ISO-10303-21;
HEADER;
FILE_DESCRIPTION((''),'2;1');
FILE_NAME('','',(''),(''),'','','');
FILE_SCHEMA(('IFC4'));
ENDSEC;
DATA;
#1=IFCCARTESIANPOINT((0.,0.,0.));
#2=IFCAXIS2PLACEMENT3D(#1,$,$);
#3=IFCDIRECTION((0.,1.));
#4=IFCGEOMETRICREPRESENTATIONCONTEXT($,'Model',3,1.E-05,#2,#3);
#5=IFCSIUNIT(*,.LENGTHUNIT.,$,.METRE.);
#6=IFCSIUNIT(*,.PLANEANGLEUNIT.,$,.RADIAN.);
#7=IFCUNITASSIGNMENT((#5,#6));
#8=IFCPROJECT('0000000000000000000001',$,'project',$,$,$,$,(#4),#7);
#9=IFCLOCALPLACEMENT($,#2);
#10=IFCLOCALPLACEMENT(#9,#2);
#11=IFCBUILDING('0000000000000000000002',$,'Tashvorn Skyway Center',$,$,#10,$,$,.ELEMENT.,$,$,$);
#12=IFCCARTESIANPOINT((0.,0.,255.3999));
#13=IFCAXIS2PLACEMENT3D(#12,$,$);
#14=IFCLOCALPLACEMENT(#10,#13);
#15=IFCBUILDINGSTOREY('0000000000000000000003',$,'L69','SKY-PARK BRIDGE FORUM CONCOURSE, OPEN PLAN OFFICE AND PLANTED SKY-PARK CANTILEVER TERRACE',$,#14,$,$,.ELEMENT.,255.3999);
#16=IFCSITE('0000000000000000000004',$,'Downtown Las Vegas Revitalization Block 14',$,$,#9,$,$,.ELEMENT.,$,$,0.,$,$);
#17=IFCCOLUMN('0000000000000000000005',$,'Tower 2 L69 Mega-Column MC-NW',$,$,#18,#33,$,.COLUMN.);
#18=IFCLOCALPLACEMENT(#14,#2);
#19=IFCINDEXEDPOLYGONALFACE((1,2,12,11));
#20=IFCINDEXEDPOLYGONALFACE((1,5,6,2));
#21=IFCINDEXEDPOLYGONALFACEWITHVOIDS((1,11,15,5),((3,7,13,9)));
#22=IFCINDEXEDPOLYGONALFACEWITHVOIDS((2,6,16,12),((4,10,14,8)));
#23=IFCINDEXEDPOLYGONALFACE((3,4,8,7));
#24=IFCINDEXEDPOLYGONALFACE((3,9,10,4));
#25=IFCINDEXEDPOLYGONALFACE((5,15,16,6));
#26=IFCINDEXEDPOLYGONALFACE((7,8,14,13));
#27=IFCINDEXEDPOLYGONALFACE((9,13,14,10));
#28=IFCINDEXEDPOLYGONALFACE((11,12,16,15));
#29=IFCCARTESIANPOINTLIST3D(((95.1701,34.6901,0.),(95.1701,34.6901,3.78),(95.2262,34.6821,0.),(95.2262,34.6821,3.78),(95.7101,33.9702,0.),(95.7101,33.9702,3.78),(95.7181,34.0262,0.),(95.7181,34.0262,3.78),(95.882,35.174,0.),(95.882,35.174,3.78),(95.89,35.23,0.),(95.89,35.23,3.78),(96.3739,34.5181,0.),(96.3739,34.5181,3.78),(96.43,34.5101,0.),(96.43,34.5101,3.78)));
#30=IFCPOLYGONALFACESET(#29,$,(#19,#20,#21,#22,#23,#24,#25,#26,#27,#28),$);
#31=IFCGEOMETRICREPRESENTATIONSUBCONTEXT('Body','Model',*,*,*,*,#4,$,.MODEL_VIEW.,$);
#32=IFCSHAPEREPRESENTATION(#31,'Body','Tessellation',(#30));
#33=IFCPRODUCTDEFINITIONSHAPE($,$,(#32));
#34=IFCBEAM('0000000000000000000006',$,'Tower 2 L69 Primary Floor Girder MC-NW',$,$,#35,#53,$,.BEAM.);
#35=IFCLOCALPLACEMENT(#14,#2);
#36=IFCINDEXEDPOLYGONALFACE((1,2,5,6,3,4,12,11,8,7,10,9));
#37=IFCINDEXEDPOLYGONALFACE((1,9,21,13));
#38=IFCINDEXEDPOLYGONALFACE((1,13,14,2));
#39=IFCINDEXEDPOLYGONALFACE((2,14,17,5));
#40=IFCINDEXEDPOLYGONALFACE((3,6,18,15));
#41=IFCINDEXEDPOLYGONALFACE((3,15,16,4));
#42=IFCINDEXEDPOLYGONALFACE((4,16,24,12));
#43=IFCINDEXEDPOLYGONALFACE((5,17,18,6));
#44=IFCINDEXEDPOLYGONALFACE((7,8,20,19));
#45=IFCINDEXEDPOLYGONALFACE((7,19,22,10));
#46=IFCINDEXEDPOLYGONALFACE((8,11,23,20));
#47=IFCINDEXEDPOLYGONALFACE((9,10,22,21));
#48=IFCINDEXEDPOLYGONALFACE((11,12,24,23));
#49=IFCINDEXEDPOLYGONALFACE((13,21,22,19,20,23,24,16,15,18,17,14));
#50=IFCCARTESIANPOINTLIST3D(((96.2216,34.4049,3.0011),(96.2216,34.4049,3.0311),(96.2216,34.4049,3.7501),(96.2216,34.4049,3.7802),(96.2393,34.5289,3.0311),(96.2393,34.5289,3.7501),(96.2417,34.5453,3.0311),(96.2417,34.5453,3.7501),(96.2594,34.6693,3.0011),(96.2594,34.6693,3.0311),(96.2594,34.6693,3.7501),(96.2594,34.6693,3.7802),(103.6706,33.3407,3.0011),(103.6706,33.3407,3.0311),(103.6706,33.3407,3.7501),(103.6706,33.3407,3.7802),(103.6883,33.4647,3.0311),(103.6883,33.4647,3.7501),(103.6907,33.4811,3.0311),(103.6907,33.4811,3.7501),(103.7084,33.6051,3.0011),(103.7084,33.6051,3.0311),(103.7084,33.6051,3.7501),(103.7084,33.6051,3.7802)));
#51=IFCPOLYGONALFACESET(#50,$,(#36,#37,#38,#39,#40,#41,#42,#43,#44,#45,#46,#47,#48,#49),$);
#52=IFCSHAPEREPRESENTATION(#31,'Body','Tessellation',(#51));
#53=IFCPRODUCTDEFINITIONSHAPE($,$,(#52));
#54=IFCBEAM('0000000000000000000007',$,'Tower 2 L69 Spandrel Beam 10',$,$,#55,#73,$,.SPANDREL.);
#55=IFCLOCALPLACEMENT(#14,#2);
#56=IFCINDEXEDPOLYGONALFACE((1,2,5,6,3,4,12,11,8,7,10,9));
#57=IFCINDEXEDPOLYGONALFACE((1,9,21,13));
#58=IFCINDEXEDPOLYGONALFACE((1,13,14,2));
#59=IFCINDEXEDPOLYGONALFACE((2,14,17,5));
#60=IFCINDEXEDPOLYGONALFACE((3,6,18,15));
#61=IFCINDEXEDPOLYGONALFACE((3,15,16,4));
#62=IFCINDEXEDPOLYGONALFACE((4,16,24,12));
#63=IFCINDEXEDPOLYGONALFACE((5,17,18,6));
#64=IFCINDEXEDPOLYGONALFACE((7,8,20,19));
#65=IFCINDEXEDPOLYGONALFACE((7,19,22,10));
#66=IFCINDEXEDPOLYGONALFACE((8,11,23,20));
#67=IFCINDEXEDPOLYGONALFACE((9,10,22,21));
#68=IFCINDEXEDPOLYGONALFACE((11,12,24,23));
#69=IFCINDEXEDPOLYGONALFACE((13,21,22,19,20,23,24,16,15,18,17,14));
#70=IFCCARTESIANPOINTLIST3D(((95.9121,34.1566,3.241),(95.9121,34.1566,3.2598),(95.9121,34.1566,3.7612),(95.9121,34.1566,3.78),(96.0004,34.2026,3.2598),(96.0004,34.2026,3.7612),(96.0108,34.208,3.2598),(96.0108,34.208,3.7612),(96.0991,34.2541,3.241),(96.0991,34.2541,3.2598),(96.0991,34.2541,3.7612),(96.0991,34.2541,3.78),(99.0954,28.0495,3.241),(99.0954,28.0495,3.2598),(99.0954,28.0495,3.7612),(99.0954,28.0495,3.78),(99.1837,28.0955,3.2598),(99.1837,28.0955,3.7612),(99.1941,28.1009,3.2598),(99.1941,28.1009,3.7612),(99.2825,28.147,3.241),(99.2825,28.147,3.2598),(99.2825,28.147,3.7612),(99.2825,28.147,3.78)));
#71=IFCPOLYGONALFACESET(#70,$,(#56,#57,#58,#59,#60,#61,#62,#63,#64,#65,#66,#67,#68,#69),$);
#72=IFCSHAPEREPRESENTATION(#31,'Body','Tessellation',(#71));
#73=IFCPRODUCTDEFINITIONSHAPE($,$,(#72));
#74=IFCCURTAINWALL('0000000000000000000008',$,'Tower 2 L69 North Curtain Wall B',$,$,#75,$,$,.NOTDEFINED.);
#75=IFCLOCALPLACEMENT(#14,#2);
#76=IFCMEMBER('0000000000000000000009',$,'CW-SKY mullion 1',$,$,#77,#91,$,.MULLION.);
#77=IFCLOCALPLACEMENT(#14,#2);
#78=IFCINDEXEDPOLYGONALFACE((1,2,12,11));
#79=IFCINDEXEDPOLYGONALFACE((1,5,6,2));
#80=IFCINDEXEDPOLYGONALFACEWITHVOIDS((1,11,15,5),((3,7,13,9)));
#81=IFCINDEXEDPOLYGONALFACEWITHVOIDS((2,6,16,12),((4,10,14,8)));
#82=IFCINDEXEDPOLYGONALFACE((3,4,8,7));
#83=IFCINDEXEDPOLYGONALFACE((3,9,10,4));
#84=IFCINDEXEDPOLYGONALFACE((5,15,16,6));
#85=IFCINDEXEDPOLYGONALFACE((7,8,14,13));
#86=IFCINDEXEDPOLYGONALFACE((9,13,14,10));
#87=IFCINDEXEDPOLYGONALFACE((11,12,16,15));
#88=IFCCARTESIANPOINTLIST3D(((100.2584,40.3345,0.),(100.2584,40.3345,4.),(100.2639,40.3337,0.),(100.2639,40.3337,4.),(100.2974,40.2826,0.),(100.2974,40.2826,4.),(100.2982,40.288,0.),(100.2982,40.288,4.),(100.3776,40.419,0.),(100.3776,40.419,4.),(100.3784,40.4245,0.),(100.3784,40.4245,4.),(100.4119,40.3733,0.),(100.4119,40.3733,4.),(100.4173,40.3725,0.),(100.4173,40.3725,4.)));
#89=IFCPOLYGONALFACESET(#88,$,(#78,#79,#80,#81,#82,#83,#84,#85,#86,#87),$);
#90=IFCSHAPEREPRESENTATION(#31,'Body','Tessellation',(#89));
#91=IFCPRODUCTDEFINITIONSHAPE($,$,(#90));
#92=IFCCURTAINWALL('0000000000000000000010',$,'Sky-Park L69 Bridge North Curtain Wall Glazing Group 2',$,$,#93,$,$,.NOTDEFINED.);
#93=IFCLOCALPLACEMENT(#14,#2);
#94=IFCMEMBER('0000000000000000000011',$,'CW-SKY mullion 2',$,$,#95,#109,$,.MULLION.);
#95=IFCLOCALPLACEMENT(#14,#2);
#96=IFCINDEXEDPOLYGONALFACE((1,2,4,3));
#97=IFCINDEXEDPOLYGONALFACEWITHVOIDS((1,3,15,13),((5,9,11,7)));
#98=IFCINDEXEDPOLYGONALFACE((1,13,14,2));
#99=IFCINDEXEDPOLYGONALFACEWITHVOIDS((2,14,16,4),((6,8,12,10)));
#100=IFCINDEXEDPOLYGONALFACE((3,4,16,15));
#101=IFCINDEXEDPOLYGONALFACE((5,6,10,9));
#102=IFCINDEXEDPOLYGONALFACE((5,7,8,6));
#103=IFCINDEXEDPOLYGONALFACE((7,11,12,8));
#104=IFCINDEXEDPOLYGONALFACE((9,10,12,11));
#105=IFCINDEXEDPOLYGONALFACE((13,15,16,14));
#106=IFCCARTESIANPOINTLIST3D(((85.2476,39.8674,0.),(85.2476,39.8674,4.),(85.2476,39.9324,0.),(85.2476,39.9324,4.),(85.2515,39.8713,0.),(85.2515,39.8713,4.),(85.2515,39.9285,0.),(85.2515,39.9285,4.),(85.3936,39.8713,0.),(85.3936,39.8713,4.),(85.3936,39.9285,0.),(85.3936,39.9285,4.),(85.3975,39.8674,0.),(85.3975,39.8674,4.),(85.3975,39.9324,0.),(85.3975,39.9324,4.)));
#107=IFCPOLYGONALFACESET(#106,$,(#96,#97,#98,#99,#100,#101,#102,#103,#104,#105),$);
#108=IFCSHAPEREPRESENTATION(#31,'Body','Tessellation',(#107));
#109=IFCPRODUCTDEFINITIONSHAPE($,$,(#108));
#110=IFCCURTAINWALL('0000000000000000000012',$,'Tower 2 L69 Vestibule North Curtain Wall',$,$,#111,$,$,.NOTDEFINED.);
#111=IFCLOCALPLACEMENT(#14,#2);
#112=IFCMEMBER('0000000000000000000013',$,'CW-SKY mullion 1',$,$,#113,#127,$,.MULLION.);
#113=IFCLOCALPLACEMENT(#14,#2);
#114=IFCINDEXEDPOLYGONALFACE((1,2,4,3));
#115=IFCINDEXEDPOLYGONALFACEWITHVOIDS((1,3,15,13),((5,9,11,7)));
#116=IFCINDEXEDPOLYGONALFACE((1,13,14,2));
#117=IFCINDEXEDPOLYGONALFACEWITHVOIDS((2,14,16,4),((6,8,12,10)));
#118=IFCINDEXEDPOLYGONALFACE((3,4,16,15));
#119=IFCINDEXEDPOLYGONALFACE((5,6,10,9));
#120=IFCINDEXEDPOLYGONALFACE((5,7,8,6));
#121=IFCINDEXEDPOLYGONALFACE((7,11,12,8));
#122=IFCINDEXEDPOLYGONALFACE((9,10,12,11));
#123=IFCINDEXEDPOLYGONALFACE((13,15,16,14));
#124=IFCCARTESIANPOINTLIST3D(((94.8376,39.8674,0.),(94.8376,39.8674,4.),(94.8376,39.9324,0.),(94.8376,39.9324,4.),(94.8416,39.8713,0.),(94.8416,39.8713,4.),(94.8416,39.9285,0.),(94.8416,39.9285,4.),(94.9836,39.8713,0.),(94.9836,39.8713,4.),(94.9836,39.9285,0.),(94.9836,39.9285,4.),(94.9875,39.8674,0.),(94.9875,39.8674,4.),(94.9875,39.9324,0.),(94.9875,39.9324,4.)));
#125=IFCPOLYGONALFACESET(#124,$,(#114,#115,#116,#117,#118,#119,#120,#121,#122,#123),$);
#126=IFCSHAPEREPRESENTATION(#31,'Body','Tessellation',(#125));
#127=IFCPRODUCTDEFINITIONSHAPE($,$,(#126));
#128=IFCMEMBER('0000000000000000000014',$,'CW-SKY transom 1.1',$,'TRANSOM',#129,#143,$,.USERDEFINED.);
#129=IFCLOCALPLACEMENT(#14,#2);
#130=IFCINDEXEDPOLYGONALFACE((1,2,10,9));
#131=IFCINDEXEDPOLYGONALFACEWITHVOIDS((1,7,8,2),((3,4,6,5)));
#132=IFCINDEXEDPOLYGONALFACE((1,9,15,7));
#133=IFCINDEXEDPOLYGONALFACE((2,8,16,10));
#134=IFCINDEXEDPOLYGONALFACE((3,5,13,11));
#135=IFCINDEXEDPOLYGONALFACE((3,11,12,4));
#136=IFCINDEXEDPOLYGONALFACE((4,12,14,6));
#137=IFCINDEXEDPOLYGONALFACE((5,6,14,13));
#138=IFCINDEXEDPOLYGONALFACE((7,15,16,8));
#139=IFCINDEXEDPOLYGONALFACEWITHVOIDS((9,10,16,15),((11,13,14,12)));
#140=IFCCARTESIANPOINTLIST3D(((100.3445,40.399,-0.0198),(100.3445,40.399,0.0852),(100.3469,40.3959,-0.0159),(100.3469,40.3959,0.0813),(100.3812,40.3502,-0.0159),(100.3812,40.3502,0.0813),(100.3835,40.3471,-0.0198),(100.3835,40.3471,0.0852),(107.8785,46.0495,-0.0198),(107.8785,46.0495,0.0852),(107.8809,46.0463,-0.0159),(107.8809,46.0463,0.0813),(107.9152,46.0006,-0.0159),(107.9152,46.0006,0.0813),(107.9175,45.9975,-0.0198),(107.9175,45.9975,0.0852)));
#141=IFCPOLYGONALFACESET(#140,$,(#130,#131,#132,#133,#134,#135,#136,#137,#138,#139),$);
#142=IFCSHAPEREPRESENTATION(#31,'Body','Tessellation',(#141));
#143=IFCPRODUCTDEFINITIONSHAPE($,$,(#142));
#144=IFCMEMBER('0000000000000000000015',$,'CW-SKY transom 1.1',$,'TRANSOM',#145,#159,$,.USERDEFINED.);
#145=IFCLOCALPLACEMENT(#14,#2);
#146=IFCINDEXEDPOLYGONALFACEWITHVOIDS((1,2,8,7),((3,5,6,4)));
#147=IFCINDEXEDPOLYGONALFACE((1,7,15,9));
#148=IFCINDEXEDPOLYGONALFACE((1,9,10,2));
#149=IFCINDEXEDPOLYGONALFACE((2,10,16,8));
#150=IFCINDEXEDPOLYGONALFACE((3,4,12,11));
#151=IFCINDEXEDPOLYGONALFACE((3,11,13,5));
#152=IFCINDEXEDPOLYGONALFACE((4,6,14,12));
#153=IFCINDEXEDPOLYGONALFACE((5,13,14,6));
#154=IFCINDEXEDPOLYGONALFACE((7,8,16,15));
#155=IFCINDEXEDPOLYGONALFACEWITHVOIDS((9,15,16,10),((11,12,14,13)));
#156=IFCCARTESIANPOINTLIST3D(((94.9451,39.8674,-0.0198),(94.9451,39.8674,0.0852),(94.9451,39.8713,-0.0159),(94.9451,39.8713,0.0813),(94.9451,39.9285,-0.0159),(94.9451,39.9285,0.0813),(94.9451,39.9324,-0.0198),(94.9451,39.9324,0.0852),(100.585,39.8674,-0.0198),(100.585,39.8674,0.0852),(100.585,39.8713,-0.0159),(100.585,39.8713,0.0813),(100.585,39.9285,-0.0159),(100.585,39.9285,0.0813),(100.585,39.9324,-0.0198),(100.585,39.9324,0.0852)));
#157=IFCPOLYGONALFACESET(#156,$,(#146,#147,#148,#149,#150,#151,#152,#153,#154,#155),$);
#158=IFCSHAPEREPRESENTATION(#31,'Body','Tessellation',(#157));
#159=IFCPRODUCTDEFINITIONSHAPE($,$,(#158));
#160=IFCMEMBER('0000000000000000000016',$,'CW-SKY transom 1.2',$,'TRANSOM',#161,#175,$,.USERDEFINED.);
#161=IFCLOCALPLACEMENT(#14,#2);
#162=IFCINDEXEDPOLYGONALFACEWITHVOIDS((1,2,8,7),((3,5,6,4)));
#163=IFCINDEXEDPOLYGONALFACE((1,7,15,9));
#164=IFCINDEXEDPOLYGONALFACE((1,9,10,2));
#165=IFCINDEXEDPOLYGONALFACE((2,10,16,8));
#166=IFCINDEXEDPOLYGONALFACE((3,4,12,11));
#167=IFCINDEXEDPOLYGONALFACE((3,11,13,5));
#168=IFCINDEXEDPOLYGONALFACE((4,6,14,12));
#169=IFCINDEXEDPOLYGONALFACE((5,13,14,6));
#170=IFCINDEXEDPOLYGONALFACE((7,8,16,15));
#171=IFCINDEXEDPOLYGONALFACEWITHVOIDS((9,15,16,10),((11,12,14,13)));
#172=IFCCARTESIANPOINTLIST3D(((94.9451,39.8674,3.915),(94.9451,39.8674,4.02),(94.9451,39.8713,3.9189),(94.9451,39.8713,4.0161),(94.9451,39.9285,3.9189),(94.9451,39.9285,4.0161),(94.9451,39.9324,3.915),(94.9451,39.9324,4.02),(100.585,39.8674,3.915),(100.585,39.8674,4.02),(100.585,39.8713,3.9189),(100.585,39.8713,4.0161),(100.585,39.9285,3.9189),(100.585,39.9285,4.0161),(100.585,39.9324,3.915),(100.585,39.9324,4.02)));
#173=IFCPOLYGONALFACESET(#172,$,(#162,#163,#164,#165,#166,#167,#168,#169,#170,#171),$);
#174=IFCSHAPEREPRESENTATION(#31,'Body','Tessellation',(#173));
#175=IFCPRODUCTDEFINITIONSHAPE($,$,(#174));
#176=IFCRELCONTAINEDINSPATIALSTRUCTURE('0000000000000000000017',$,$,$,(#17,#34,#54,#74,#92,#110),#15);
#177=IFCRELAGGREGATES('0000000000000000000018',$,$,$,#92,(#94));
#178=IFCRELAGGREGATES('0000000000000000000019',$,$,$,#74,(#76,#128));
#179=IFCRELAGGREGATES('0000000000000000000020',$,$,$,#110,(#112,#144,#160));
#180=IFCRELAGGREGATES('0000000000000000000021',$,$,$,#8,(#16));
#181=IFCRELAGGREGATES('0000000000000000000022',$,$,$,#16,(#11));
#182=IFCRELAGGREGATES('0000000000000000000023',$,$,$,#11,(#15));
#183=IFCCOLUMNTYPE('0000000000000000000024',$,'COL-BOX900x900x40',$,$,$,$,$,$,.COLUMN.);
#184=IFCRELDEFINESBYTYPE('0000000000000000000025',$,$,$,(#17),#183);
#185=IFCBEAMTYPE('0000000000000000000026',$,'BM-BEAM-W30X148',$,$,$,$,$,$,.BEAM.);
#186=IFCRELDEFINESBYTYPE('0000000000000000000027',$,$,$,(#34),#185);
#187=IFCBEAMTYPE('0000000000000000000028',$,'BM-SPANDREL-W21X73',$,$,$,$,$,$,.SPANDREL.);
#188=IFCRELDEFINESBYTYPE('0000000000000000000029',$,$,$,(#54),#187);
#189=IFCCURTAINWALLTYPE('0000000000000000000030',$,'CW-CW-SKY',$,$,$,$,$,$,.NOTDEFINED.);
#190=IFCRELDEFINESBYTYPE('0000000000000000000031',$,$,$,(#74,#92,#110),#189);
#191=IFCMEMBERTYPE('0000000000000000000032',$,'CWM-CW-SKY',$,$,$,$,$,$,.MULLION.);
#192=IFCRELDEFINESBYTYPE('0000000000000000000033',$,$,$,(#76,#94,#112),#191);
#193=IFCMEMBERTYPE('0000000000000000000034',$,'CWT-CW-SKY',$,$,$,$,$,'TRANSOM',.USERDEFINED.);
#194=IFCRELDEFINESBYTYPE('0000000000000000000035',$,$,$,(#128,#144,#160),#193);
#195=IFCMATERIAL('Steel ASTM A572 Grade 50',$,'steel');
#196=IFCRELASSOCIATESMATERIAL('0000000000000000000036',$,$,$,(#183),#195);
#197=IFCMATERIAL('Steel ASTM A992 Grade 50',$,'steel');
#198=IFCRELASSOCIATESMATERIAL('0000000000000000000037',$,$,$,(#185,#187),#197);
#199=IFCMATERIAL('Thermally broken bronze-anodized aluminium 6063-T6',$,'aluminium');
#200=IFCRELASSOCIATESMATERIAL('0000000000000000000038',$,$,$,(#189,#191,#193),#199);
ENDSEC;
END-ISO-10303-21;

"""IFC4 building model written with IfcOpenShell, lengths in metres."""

from ifc_helpers import new_model, si_unit, direction, frame, origin, origin_2d, place, context, subcontext, project, spatial, hollow_rectangle, i_section, extrude, material, material_profile, profile_set, type_object, element, aggregate, save


model = new_model("IFC4")

# Units and contexts
model_context = context("Model", 3, precision=1e-05, world=origin(), true_north=direction((0.0, 1.0)))
body_context = subcontext(model_context, "Body", "Model", "MODEL_VIEW")
ifc_project = project(units=[si_unit("LENGTHUNIT", "METRE"), si_unit("PLANEANGLEUNIT", "RADIAN")], contexts=[model_context])

# Site, building, storey
site_placement = place(None, origin())
site = spatial("IfcSite", under=ifc_project, at=site_placement, Name="Downtown Las Vegas Revitalization Block 14", CompositionType="ELEMENT", RefElevation=0.0)
building_placement = place(site_placement, origin())
building = spatial("IfcBuilding", under=site, at=building_placement, Name="Tashvorn Skyway Center", CompositionType="ELEMENT")
storey_placement = place(building_placement, frame((0.0, 0.0, 255.3999)))
storey = spatial("IfcBuildingStorey", under=building, at=storey_placement, Name="L69", Description="SKY-PARK BRIDGE FORUM CONCOURSE, OPEN PLAN OFFICE AND PLANTED SKY-PARK CANTILEVER TERRACE", CompositionType="ELEMENT", Elevation=255.3999)

# Column
ifc_material_1 = material(Name="Steel ASTM A572 Grade 50", Category="steel")
ifc_material_profile_1 = material_profile(ifc_material_1, hollow_rectangle(XDim=0.8999, YDim=0.8999, WallThickness=0.04, at=origin_2d()), Name="BOX900x900x40")
ifc_profile_set_1 = profile_set([ifc_material_profile_1], Name="Steel ASTM A572 Grade 50")
column_type = type_object("IfcColumnType", Name="COL-BOX900x900x40", PredefinedType="COLUMN", material=ifc_profile_set_1)
column_placement = place(storey_placement, frame((95.8, 34.6001, 0.0), z_axis=(0.0, 0.0, 1.0), x_axis=(0.8, 0.6, 0.0)))
element("IfcColumn", 1, at=column_placement, inside=storey, type_object=column_type, Name="Tower 2 L69 Mega-Column MC-NW", PredefinedType="COLUMN", context=body_context, shape_type="SweptSolid", body=[
    extrude(hollow_rectangle(XDim=0.8999, YDim=0.8999, WallThickness=0.04, at=origin_2d()), origin(), (0.0, 0.0, 1.0), 3.78),
])

# Beams
ifc_material_2 = material(Name="Steel ASTM A992 Grade 50", Category="steel")
ifc_material_profile_2 = material_profile(ifc_material_2, i_section(OverallWidth=0.2671, OverallDepth=0.7791, WebThickness=0.0166, FlangeThickness=0.03, at=origin_2d()), Name="W30X148")
ifc_profile_set_2 = profile_set([ifc_material_profile_2], Name="Steel ASTM A992 Grade 50")
beam_type_1 = type_object("IfcBeamType", Name="BM-BEAM-W30X148", PredefinedType="BEAM", material=ifc_profile_set_2)
beam_1_placement = place(storey_placement, frame((96.2405, 34.5371, 3.3906), z_axis=(0.989948, -0.14143, 0.0), x_axis=(0.14143, 0.989948, 0.0)))
element("IfcBeam", 2, at=beam_1_placement, inside=storey, type_object=beam_type_1, Name="Tower 2 L69 Primary Floor Girder MC-NW", PredefinedType="BEAM", context=body_context, shape_type="SweptSolid", body=[
    extrude(i_section(OverallWidth=0.2671, OverallDepth=0.7791, WebThickness=0.0166, FlangeThickness=0.03, at=origin_2d()), origin(), (0.0, 0.0, 1.0), 7.5247),
])
ifc_material_profile_3 = material_profile(ifc_material_2, i_section(OverallWidth=0.2109, OverallDepth=0.5391, WebThickness=0.0117, FlangeThickness=0.0188, at=origin_2d()), Name="W21X73")
ifc_profile_set_3 = profile_set([ifc_material_profile_3], Name="Steel ASTM A992 Grade 50")
beam_type_2 = type_object("IfcBeamType", Name="BM-SPANDREL-W21X73", PredefinedType="SPANDREL", material=ifc_profile_set_3)
beam_2_placement = place(storey_placement, frame((96.0056, 34.2053, 3.5105), z_axis=(0.462223, -0.886764, 0.0), x_axis=(0.886764, 0.462223, 0.0)))
element("IfcBeam", 3, at=beam_2_placement, inside=storey, type_object=beam_type_2, Name="Tower 2 L69 Spandrel Beam 10", PredefinedType="SPANDREL", context=body_context, shape_type="SweptSolid", body=[
    extrude(i_section(OverallWidth=0.2109, OverallDepth=0.5391, WebThickness=0.0117, FlangeThickness=0.0188, at=origin_2d()), origin(), (0.0, 0.0, 1.0), 6.887),
])

# Curtain walls, members
ifc_material_3 = material(Name="Thermally broken bronze-anodized aluminium 6063-T6", Category="aluminium")
curtain_wall_type = type_object("IfcCurtainWallType", Name="CW-CW-SKY", PredefinedType="NOTDEFINED", material=ifc_material_3)
curtain_wall_1_placement = place(storey_placement, origin())
curtain_wall_1 = element("IfcCurtainWall", 4, at=curtain_wall_1_placement, inside=storey, type_object=curtain_wall_type, Name="Tower 2 L69 North Curtain Wall B", PredefinedType="NOTDEFINED")
ifc_material_profile_4 = material_profile(ifc_material_3, hollow_rectangle(XDim=0.0649, YDim=0.1499, WallThickness=0.0039, at=origin_2d()), Name="ALU-MULL-65x150")
ifc_profile_set_4 = profile_set([ifc_material_profile_4], Name="Thermally broken bronze-anodized aluminium 6063-T6")
member_type_1 = type_object("IfcMemberType", Name="CWM-CW-SKY", PredefinedType="MULLION", material=ifc_profile_set_4)
member_1_placement = place(storey_placement, frame((100.3379, 40.3535, 0.0), z_axis=(0.0, 0.0, 1.0), x_axis=(-0.6, 0.8, 0.0)))
member_1 = element("IfcMember", 5, at=member_1_placement, type_object=member_type_1, Name="CW-SKY mullion 1", PredefinedType="MULLION", context=body_context, shape_type="SweptSolid", body=[
    extrude(hollow_rectangle(XDim=0.0649, YDim=0.1499, WallThickness=0.0039, at=origin_2d()), origin(), (0.0, 0.0, 1.0), 4.0),
])
curtain_wall_2_placement = place(storey_placement, origin())
curtain_wall_2 = element("IfcCurtainWall", 6, at=curtain_wall_2_placement, inside=storey, type_object=curtain_wall_type, Name="Sky-Park L69 Bridge North Curtain Wall Glazing Group 2", PredefinedType="NOTDEFINED")
member_2_placement = place(storey_placement, frame((85.3225, 39.8999, 0.0), z_axis=(0.0, 0.0, 1.0), x_axis=(0.0, 1.0, 0.0)))
member_2 = element("IfcMember", 7, at=member_2_placement, type_object=member_type_1, Name="CW-SKY mullion 2", PredefinedType="MULLION", context=body_context, shape_type="SweptSolid", body=[
    extrude(hollow_rectangle(XDim=0.0649, YDim=0.1499, WallThickness=0.0039, at=origin_2d()), origin(), (0.0, 0.0, 1.0), 4.0),
])
aggregate(curtain_wall_2, [member_2])
curtain_wall_3_placement = place(storey_placement, origin())
curtain_wall_3 = element("IfcCurtainWall", 8, at=curtain_wall_3_placement, inside=storey, type_object=curtain_wall_type, Name="Tower 2 L69 Vestibule North Curtain Wall", PredefinedType="NOTDEFINED")
member_3_placement = place(storey_placement, frame((94.9126, 39.8999, 0.0), z_axis=(0.0, 0.0, 1.0), x_axis=(0.0, 1.0, 0.0)))
member_3 = element("IfcMember", 9, at=member_3_placement, type_object=member_type_1, Name="CW-SKY mullion 1", PredefinedType="MULLION", context=body_context, shape_type="SweptSolid", body=[
    extrude(hollow_rectangle(XDim=0.0649, YDim=0.1499, WallThickness=0.0039, at=origin_2d()), origin(), (0.0, 0.0, 1.0), 4.0),
])

# Members
ifc_material_profile_5 = material_profile(ifc_material_3, hollow_rectangle(XDim=0.0649, YDim=0.105, WallThickness=0.0039, at=origin_2d()), Name="ALU-TRAN-65x105")
ifc_profile_set_5 = profile_set([ifc_material_profile_5], Name="Thermally broken bronze-anodized aluminium 6063-T6")
member_type_2 = type_object("IfcMemberType", Name="CWT-CW-SKY", ElementType="TRANSOM", PredefinedType="USERDEFINED", material=ifc_profile_set_5)
member_4_placement = place(storey_placement, frame((100.364, 40.373, 0.0327), z_axis=(0.800003, 0.599996, 0.0), x_axis=(-0.599996, 0.800003, 0.0)))
member_4 = element("IfcMember", 10, at=member_4_placement, type_object=member_type_2, Name="CW-SKY transom 1.1", ObjectType="TRANSOM", PredefinedType="USERDEFINED", context=body_context, shape_type="SweptSolid", body=[
    extrude(hollow_rectangle(XDim=0.0649, YDim=0.105, WallThickness=0.0039, at=origin_2d()), origin(), (0.0, 0.0, 1.0), 9.4175),
])
aggregate(curtain_wall_1, [member_1, member_4])
member_5_placement = place(storey_placement, frame((94.9451, 39.8999, 0.0327), z_axis=(1.0, 0.0, 0.0), x_axis=(0.0, 1.0, 0.0)))
member_5 = element("IfcMember", 11, at=member_5_placement, type_object=member_type_2, Name="CW-SKY transom 1.1", ObjectType="TRANSOM", PredefinedType="USERDEFINED", context=body_context, shape_type="SweptSolid", body=[
    extrude(hollow_rectangle(XDim=0.0649, YDim=0.105, WallThickness=0.0039, at=origin_2d()), origin(), (0.0, 0.0, 1.0), 5.6399),
])
member_6_placement = place(storey_placement, frame((94.9451, 39.8999, 3.9675), z_axis=(1.0, 0.0, 0.0), x_axis=(0.0, 1.0, 0.0)))
member_6 = element("IfcMember", 12, at=member_6_placement, type_object=member_type_2, Name="CW-SKY transom 1.2", ObjectType="TRANSOM", PredefinedType="USERDEFINED", context=body_context, shape_type="SweptSolid", body=[
    extrude(hollow_rectangle(XDim=0.0649, YDim=0.105, WallThickness=0.0039, at=origin_2d()), origin(), (0.0, 0.0, 1.0), 5.6399),
])

aggregate(curtain_wall_3, [member_3, member_5, member_6])

save(model, "model.ifc")
